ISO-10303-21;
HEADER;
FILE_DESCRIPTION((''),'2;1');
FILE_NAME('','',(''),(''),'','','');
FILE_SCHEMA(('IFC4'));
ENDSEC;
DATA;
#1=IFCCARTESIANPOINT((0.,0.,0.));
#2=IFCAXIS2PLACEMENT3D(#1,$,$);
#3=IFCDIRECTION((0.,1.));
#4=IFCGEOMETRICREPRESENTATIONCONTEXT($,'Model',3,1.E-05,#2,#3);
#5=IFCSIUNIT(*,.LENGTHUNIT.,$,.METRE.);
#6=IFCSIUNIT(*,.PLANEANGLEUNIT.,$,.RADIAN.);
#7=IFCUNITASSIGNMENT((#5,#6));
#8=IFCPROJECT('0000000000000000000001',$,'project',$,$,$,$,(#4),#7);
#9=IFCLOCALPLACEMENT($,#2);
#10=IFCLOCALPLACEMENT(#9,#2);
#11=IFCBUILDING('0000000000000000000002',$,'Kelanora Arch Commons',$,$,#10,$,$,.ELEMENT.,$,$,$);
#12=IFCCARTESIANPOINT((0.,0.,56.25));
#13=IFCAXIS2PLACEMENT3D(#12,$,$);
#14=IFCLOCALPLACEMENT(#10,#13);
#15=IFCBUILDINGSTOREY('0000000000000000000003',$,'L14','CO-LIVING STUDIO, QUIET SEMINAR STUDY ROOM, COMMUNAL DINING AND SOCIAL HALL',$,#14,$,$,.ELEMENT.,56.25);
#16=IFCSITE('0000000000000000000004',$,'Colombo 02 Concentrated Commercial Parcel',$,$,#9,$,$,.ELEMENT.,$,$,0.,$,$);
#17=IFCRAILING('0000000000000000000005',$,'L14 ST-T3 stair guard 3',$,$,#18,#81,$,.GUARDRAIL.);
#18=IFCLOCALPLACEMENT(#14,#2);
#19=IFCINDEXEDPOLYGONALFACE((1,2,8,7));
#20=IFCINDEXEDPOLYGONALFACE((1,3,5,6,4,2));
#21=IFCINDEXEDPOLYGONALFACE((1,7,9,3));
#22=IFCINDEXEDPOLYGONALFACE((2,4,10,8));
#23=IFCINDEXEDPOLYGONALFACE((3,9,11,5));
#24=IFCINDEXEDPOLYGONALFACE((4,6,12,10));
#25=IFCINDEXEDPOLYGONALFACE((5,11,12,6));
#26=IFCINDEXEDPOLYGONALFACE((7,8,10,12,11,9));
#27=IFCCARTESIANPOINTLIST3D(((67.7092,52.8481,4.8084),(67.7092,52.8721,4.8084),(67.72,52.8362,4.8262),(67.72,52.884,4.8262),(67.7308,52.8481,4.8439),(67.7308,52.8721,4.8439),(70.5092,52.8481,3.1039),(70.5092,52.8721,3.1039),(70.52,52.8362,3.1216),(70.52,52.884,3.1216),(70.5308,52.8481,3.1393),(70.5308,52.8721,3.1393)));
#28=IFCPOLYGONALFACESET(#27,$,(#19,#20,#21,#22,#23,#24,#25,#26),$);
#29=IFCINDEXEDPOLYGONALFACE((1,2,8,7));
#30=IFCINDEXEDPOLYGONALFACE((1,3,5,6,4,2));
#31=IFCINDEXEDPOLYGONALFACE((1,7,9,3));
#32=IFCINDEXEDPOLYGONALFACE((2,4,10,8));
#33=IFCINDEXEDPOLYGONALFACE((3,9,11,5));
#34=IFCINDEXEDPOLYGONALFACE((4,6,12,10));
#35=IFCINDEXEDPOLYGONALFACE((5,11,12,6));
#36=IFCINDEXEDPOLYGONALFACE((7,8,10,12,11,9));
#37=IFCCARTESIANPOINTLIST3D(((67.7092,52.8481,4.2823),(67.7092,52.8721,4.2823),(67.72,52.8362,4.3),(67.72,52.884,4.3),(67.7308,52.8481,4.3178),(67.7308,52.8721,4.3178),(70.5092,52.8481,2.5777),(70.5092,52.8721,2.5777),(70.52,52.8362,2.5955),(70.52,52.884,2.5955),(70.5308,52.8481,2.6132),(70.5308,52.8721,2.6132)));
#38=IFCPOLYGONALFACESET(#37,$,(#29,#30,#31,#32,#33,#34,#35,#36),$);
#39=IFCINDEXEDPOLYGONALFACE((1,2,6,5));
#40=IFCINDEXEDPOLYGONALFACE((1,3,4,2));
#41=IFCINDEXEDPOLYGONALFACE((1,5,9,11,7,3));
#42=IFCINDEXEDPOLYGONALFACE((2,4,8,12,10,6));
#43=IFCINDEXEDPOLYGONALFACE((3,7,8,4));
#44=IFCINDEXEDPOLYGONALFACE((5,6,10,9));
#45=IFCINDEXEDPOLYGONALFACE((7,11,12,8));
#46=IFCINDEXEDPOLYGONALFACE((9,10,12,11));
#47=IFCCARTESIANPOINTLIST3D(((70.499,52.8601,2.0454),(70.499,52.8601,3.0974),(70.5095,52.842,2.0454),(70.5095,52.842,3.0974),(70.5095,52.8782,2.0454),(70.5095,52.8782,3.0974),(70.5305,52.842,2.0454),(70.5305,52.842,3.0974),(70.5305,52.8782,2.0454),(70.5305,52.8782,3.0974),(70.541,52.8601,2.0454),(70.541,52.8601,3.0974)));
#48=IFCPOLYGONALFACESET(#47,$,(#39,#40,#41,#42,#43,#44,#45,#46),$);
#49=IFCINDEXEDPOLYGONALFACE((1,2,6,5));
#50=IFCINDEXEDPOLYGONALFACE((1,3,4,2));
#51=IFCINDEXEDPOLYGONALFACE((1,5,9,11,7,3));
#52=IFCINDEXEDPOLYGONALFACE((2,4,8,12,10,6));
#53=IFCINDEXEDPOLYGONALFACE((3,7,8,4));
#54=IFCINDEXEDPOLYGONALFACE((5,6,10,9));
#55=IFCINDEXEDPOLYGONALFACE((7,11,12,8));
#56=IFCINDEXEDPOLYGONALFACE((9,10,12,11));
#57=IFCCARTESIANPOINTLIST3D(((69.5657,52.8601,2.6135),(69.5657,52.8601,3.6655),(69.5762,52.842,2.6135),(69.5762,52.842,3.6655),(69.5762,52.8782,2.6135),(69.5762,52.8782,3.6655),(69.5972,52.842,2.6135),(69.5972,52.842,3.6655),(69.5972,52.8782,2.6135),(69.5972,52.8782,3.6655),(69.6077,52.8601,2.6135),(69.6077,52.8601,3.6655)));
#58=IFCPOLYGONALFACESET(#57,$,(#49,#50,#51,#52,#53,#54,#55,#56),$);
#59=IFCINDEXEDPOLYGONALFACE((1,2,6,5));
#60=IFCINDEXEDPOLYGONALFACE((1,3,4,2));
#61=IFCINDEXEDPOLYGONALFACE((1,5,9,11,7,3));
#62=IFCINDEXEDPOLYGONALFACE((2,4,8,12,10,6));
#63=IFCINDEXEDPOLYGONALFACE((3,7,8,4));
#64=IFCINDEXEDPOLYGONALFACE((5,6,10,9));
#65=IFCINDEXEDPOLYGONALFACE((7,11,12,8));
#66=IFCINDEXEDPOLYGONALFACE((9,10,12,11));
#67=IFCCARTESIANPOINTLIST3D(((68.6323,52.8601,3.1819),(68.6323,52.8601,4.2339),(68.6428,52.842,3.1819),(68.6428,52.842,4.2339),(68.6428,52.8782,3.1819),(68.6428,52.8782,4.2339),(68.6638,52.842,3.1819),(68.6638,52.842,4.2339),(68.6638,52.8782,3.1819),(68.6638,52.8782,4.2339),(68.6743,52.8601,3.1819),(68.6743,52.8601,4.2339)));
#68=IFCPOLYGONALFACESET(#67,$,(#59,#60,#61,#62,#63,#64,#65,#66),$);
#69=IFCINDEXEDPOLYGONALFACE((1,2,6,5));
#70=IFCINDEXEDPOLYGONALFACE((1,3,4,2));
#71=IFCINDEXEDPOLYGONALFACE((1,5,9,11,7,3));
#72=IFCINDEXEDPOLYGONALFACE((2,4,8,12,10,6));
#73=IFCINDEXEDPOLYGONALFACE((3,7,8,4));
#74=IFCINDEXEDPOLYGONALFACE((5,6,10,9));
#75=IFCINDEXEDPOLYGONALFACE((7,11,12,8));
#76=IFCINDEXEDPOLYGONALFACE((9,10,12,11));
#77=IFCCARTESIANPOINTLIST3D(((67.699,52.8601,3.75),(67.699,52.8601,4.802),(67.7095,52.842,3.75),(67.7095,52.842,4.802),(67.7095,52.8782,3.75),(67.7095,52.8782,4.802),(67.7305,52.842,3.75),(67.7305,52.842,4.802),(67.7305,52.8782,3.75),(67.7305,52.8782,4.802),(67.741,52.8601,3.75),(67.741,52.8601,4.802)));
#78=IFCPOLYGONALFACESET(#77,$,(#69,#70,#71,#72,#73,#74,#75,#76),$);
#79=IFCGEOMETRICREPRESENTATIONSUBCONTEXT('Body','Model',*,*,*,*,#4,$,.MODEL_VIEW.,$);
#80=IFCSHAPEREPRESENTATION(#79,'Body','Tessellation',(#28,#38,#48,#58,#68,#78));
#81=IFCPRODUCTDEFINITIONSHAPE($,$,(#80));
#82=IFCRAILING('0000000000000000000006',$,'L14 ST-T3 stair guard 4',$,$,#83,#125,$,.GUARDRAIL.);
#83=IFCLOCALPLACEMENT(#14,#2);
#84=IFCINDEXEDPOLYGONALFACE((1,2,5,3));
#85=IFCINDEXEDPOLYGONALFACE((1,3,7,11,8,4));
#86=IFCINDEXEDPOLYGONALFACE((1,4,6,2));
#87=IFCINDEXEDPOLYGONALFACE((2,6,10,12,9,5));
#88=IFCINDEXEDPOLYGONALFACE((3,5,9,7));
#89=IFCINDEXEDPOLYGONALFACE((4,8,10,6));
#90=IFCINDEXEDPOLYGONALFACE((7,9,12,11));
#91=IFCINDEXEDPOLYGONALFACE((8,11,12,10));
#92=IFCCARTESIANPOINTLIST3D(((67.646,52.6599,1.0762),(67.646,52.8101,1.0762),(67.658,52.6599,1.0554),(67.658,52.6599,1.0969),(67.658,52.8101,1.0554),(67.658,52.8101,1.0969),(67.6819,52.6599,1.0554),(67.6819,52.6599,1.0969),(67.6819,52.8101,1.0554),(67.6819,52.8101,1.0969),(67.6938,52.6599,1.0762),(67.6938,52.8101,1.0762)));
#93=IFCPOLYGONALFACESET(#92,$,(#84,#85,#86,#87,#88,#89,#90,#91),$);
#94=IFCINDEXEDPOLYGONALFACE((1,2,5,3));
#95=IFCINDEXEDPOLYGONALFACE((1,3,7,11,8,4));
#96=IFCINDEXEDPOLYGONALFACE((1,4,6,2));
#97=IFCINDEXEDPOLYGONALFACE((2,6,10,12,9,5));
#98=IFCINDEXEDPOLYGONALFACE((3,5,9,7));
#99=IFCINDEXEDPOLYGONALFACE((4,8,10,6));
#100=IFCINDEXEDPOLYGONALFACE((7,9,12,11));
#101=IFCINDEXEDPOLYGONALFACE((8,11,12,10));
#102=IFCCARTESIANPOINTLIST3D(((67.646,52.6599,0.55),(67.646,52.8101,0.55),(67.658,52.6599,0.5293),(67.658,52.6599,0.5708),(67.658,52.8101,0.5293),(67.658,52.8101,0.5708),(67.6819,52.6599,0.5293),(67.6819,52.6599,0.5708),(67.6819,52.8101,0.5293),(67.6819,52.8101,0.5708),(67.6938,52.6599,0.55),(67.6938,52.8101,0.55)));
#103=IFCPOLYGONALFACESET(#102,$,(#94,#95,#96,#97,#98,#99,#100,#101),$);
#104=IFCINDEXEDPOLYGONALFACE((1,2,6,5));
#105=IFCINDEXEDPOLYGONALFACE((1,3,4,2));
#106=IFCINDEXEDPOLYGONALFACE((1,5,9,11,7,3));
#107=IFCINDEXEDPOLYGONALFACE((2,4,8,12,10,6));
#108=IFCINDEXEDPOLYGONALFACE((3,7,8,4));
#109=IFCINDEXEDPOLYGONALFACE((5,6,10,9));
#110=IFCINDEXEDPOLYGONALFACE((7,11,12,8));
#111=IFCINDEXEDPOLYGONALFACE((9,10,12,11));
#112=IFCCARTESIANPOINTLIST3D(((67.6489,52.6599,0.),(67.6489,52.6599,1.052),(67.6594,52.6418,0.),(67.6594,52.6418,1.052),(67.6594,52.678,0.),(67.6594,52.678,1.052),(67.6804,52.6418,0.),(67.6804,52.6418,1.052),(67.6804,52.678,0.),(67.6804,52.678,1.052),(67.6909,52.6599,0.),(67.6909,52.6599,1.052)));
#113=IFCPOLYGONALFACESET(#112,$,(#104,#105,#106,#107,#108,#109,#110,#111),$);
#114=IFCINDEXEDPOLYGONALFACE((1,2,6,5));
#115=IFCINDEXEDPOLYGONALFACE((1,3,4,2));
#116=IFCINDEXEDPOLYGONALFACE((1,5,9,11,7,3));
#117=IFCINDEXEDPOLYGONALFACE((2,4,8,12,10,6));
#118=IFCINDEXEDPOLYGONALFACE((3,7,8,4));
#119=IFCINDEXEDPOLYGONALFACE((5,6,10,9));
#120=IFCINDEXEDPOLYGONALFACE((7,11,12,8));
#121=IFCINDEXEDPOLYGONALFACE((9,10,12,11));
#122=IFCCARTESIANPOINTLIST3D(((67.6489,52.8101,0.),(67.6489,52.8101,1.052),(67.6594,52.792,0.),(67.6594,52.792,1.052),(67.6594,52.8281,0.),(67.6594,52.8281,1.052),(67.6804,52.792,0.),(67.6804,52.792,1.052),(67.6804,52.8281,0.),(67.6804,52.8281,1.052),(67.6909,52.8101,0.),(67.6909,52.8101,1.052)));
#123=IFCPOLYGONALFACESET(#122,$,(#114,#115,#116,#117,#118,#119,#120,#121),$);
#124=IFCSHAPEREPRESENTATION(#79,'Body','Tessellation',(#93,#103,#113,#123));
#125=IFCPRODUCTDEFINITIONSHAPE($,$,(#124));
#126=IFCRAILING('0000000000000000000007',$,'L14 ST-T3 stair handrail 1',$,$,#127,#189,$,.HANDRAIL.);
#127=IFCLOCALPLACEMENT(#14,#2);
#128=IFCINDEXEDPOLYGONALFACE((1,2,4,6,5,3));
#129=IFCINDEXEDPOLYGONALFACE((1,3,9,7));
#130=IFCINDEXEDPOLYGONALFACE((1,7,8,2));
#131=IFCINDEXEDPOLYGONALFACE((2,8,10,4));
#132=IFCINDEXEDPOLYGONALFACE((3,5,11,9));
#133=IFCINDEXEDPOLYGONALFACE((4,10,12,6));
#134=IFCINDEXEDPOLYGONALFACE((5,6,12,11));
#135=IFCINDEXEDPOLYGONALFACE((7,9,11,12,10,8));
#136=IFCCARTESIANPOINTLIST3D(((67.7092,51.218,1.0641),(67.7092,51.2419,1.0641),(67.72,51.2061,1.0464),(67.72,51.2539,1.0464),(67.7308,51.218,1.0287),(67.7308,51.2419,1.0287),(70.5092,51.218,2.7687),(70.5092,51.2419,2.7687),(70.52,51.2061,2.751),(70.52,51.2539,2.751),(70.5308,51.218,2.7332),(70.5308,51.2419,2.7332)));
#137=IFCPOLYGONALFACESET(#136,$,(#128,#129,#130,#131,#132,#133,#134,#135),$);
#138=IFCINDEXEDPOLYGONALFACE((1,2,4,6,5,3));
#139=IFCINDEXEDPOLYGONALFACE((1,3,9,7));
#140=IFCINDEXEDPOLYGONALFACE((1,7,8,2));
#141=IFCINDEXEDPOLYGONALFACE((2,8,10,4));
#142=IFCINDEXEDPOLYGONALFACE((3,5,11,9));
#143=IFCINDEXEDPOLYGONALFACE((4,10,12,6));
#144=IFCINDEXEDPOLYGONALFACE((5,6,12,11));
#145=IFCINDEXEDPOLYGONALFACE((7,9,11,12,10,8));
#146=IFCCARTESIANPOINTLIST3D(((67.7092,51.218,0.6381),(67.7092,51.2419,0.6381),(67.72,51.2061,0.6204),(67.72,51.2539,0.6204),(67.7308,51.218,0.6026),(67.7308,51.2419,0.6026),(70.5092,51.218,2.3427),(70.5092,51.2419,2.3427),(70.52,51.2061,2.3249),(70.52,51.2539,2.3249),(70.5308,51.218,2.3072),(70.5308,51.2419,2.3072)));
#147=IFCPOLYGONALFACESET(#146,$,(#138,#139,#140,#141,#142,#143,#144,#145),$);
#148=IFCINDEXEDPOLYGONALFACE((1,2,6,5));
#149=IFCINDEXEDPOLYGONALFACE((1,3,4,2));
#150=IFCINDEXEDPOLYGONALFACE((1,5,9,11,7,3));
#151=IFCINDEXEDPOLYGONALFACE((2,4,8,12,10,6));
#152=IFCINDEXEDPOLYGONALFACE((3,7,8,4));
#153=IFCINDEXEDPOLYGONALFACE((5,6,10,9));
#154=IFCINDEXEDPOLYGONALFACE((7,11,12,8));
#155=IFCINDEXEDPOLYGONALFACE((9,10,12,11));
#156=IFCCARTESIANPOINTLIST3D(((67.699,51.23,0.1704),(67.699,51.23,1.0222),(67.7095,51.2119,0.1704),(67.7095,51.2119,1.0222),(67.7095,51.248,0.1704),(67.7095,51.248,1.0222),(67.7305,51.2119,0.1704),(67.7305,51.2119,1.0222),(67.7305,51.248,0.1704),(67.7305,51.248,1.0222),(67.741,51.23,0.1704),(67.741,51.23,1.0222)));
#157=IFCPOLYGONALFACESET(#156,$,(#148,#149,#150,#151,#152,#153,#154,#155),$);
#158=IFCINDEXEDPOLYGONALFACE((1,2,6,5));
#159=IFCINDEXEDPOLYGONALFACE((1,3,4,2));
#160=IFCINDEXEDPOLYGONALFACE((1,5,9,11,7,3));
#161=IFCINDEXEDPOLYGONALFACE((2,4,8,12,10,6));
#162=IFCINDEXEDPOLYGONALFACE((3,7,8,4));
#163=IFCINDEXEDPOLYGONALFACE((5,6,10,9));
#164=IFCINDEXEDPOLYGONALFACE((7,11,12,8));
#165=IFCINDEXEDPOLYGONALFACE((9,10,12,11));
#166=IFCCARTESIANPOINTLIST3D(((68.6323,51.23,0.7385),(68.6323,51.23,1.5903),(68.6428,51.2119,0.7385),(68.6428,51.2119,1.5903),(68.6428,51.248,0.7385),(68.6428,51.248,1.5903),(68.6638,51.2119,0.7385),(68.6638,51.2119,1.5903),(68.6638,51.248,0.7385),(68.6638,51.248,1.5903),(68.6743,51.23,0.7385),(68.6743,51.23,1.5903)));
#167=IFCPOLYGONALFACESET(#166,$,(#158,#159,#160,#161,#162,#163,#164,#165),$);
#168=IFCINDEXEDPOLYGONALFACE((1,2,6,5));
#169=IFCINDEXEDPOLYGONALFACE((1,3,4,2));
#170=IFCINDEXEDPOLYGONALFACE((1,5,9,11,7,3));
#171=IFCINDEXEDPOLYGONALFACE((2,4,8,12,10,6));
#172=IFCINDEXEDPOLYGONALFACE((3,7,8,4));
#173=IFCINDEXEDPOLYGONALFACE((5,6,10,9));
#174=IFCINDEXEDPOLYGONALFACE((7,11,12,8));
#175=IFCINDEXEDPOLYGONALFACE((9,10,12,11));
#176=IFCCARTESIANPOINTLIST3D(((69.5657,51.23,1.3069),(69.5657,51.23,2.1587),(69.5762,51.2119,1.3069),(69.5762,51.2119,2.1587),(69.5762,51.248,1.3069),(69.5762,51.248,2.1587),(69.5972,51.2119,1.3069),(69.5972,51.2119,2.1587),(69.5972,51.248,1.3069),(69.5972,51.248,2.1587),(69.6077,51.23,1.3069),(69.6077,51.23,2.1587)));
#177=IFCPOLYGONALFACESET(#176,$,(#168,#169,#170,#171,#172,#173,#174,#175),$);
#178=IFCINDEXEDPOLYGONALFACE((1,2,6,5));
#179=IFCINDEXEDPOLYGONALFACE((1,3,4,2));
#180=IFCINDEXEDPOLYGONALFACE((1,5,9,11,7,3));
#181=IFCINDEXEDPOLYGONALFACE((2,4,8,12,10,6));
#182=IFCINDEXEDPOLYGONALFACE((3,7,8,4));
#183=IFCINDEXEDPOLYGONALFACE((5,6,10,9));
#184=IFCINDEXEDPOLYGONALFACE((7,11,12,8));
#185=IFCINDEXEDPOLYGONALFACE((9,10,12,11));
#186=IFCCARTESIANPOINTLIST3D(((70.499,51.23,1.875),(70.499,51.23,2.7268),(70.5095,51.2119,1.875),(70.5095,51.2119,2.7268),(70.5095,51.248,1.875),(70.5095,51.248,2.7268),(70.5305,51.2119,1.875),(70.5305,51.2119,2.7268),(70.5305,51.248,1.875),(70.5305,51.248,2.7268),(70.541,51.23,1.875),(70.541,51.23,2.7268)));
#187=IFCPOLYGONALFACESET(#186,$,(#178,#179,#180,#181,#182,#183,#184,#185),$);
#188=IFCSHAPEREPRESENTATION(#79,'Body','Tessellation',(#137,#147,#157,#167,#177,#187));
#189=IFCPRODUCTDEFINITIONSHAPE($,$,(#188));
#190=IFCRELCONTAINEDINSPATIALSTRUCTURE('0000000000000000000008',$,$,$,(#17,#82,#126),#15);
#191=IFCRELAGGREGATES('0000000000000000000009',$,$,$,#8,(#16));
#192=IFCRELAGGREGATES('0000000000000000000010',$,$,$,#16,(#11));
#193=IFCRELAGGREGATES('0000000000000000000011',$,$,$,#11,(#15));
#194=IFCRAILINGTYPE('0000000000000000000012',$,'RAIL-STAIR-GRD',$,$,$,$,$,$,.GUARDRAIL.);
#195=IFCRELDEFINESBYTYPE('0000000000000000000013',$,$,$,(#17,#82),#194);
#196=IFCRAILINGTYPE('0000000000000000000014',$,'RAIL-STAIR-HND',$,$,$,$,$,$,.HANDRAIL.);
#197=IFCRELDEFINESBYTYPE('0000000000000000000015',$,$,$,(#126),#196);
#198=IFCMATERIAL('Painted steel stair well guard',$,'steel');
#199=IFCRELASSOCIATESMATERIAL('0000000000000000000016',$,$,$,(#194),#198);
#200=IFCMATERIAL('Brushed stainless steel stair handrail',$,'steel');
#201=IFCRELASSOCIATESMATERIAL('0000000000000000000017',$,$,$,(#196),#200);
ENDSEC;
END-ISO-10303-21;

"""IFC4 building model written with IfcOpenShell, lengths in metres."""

from ifc_helpers import new_model, si_unit, direction, frame, origin, place, context, subcontext, project, spatial, polyline, outline, extrude, material, type_object, element, save


model = new_model("IFC4")

# Units and contexts
model_context = context("Model", 3, precision=1e-05, world=origin(), true_north=direction((0.0, 1.0)))
body_context = subcontext(model_context, "Body", "Model", "MODEL_VIEW")
ifc_project = project(units=[si_unit("LENGTHUNIT", "METRE"), si_unit("PLANEANGLEUNIT", "RADIAN")], contexts=[model_context])

# Site, building, storey
site_placement = place(None, origin())
site = spatial("IfcSite", under=ifc_project, at=site_placement, Name="Colombo 02 Concentrated Commercial Parcel", CompositionType="ELEMENT", RefElevation=0.0)
building_placement = place(site_placement, origin())
building = spatial("IfcBuilding", under=site, at=building_placement, Name="Kelanora Arch Commons", CompositionType="ELEMENT")
storey_placement = place(building_placement, frame((0.0, 0.0, 56.25)))
storey = spatial("IfcBuildingStorey", under=building, at=storey_placement, Name="L14", Description="CO-LIVING STUDIO, QUIET SEMINAR STUDY ROOM, COMMUNAL DINING AND SOCIAL HALL", CompositionType="ELEMENT", Elevation=56.25)

# Railings
ifc_material_1 = material(Name="Painted steel stair well guard", Category="steel")
railing_type_1 = type_object("IfcRailingType", Name="RAIL-STAIR-GRD", PredefinedType="GUARDRAIL", material=ifc_material_1)
railing_1_placement = place(storey_placement, frame((70.52, 52.8601, 2.0454)))
element("IfcRailing", 1, at=railing_1_placement, inside=storey, type_object=railing_type_1, Name="L14 ST-T3 stair guard 3", PredefinedType="GUARDRAIL", context=body_context, shape_type="SweptSolid", body=[
    extrude(outline(polyline([(0.0239, 0.0), (0.012, 0.0208), (-0.012, 0.0208), (-0.0239, 0.0), (-0.012, -0.0208), (0.012, -0.0208), (0.0239, 0.0)])), frame((0.0, 0.0, 1.0762), z_axis=(-0.85417, 0.0, 0.519994), x_axis=(0.0, -1.0, 0.0)), (0.0, 0.0, 1.0), 3.2781),
    extrude(outline(polyline([(0.0239, 0.0), (0.012, 0.0208), (-0.012, 0.0208), (-0.0239, 0.0), (-0.012, -0.0208), (0.012, -0.0208), (0.0239, 0.0)])), frame((0.0, 0.0, 0.55), z_axis=(-0.85417, 0.0, 0.519994), x_axis=(0.0, -1.0, 0.0)), (0.0, 0.0, 1.0), 3.2781),
    extrude(outline(polyline([(0.021, 0.0), (0.0105, 0.0181), (-0.0105, 0.0181), (-0.021, 0.0), (-0.0105, -0.0181), (0.0105, -0.0181), (0.021, 0.0)])), origin(), (0.0, 0.0, 1.0), 1.052),
    extrude(outline(polyline([(0.021, 0.0), (0.0105, 0.0181), (-0.0105, 0.0181), (-0.021, 0.0), (-0.0105, -0.0181), (0.0105, -0.0181), (0.021, 0.0)])), frame((-0.9333, 0.0, 0.5681)), (0.0, 0.0, 1.0), 1.052),
    extrude(outline(polyline([(0.021, 0.0), (0.0105, 0.0181), (-0.0105, 0.0181), (-0.021, 0.0), (-0.0105, -0.0181), (0.0105, -0.0181), (0.021, 0.0)])), frame((-1.8667, 0.0, 1.1365)), (0.0, 0.0, 1.0), 1.052),
    extrude(outline(polyline([(0.021, 0.0), (0.0105, 0.0181), (-0.0105, 0.0181), (-0.021, 0.0), (-0.0105, -0.0181), (0.0105, -0.0181), (0.021, 0.0)])), frame((-2.8, 0.0, 1.7046)), (0.0, 0.0, 1.0), 1.052),
])
railing_2_placement = place(storey_placement, frame((67.6699, 52.6599, 0.0)))
element("IfcRailing", 2, at=railing_2_placement, inside=storey, type_object=railing_type_1, Name="L14 ST-T3 stair guard 4", PredefinedType="GUARDRAIL", context=body_context, shape_type="SweptSolid", body=[
    extrude(outline(polyline([(0.0239, 0.0), (0.012, 0.0208), (-0.012, 0.0208), (-0.0239, 0.0), (-0.012, -0.0208), (0.012, -0.0208), (0.0239, 0.0)])), frame((0.0, 0.0, 1.0762), z_axis=(0.0, 1.0, 0.0), x_axis=(-1.0, 0.0, 0.0)), (0.0, 0.0, 1.0), 0.1501),
    extrude(outline(polyline([(0.0239, 0.0), (0.012, 0.0208), (-0.012, 0.0208), (-0.0239, 0.0), (-0.012, -0.0208), (0.012, -0.0208), (0.0239, 0.0)])), frame((0.0, 0.0, 0.55), z_axis=(0.0, 1.0, 0.0), x_axis=(-1.0, 0.0, 0.0)), (0.0, 0.0, 1.0), 0.1501),
    extrude(outline(polyline([(0.021, 0.0), (0.0105, 0.0181), (-0.0105, 0.0181), (-0.021, 0.0), (-0.0105, -0.0181), (0.0105, -0.0181), (0.021, 0.0)])), origin(), (0.0, 0.0, 1.0), 1.052),
    extrude(outline(polyline([(0.021, 0.0), (0.0105, 0.0181), (-0.0105, 0.0181), (-0.021, 0.0), (-0.0105, -0.0181), (0.0105, -0.0181), (0.021, 0.0)])), frame((0.0, 0.1501, 0.0)), (0.0, 0.0, 1.0), 1.052),
])
ifc_material_2 = material(Name="Brushed stainless steel stair handrail", Category="steel")
railing_type_2 = type_object("IfcRailingType", Name="RAIL-STAIR-HND", PredefinedType="HANDRAIL", material=ifc_material_2)
railing_3_placement = place(storey_placement, frame((67.72, 51.23, 0.1704)))
element("IfcRailing", 3, at=railing_3_placement, inside=storey, type_object=railing_type_2, Name="L14 ST-T3 stair handrail 1", PredefinedType="HANDRAIL", context=body_context, shape_type="SweptSolid", body=[
    extrude(outline(polyline([(0.0239, 0.0), (0.012, 0.0208), (-0.012, 0.0208), (-0.0239, 0.0), (-0.012, -0.0208), (0.012, -0.0208), (0.0239, 0.0)])), frame((0.0, 0.0, 0.876), z_axis=(0.85417, 0.0, 0.519994), x_axis=(0.0, 1.0, 0.0)), (0.0, 0.0, 1.0), 3.2781),
    extrude(outline(polyline([(0.0239, 0.0), (0.012, 0.0208), (-0.012, 0.0208), (-0.0239, 0.0), (-0.012, -0.0208), (0.012, -0.0208), (0.0239, 0.0)])), frame((0.0, 0.0, 0.45), z_axis=(0.85417, 0.0, 0.519994), x_axis=(0.0, 1.0, 0.0)), (0.0, 0.0, 1.0), 3.2781),
    extrude(outline(polyline([(0.021, 0.0), (0.0105, 0.0181), (-0.0105, 0.0181), (-0.021, 0.0), (-0.0105, -0.0181), (0.0105, -0.0181), (0.021, 0.0)])), origin(), (0.0, 0.0, 1.0), 0.8518),
    extrude(outline(polyline([(0.021, 0.0), (0.0105, 0.0181), (-0.0105, 0.0181), (-0.021, 0.0), (-0.0105, -0.0181), (0.0105, -0.0181), (0.021, 0.0)])), frame((0.9333, 0.0, 0.5681)), (0.0, 0.0, 1.0), 0.8518),
    extrude(outline(polyline([(0.021, 0.0), (0.0105, 0.0181), (-0.0105, 0.0181), (-0.021, 0.0), (-0.0105, -0.0181), (0.0105, -0.0181), (0.021, 0.0)])), frame((1.8667, 0.0, 1.1365)), (0.0, 0.0, 1.0), 0.8518),
    extrude(outline(polyline([(0.021, 0.0), (0.0105, 0.0181), (-0.0105, 0.0181), (-0.021, 0.0), (-0.0105, -0.0181), (0.0105, -0.0181), (0.021, 0.0)])), frame((2.8, 0.0, 1.7046)), (0.0, 0.0, 1.0), 0.8518),
])

save(model, "model.ifc")
